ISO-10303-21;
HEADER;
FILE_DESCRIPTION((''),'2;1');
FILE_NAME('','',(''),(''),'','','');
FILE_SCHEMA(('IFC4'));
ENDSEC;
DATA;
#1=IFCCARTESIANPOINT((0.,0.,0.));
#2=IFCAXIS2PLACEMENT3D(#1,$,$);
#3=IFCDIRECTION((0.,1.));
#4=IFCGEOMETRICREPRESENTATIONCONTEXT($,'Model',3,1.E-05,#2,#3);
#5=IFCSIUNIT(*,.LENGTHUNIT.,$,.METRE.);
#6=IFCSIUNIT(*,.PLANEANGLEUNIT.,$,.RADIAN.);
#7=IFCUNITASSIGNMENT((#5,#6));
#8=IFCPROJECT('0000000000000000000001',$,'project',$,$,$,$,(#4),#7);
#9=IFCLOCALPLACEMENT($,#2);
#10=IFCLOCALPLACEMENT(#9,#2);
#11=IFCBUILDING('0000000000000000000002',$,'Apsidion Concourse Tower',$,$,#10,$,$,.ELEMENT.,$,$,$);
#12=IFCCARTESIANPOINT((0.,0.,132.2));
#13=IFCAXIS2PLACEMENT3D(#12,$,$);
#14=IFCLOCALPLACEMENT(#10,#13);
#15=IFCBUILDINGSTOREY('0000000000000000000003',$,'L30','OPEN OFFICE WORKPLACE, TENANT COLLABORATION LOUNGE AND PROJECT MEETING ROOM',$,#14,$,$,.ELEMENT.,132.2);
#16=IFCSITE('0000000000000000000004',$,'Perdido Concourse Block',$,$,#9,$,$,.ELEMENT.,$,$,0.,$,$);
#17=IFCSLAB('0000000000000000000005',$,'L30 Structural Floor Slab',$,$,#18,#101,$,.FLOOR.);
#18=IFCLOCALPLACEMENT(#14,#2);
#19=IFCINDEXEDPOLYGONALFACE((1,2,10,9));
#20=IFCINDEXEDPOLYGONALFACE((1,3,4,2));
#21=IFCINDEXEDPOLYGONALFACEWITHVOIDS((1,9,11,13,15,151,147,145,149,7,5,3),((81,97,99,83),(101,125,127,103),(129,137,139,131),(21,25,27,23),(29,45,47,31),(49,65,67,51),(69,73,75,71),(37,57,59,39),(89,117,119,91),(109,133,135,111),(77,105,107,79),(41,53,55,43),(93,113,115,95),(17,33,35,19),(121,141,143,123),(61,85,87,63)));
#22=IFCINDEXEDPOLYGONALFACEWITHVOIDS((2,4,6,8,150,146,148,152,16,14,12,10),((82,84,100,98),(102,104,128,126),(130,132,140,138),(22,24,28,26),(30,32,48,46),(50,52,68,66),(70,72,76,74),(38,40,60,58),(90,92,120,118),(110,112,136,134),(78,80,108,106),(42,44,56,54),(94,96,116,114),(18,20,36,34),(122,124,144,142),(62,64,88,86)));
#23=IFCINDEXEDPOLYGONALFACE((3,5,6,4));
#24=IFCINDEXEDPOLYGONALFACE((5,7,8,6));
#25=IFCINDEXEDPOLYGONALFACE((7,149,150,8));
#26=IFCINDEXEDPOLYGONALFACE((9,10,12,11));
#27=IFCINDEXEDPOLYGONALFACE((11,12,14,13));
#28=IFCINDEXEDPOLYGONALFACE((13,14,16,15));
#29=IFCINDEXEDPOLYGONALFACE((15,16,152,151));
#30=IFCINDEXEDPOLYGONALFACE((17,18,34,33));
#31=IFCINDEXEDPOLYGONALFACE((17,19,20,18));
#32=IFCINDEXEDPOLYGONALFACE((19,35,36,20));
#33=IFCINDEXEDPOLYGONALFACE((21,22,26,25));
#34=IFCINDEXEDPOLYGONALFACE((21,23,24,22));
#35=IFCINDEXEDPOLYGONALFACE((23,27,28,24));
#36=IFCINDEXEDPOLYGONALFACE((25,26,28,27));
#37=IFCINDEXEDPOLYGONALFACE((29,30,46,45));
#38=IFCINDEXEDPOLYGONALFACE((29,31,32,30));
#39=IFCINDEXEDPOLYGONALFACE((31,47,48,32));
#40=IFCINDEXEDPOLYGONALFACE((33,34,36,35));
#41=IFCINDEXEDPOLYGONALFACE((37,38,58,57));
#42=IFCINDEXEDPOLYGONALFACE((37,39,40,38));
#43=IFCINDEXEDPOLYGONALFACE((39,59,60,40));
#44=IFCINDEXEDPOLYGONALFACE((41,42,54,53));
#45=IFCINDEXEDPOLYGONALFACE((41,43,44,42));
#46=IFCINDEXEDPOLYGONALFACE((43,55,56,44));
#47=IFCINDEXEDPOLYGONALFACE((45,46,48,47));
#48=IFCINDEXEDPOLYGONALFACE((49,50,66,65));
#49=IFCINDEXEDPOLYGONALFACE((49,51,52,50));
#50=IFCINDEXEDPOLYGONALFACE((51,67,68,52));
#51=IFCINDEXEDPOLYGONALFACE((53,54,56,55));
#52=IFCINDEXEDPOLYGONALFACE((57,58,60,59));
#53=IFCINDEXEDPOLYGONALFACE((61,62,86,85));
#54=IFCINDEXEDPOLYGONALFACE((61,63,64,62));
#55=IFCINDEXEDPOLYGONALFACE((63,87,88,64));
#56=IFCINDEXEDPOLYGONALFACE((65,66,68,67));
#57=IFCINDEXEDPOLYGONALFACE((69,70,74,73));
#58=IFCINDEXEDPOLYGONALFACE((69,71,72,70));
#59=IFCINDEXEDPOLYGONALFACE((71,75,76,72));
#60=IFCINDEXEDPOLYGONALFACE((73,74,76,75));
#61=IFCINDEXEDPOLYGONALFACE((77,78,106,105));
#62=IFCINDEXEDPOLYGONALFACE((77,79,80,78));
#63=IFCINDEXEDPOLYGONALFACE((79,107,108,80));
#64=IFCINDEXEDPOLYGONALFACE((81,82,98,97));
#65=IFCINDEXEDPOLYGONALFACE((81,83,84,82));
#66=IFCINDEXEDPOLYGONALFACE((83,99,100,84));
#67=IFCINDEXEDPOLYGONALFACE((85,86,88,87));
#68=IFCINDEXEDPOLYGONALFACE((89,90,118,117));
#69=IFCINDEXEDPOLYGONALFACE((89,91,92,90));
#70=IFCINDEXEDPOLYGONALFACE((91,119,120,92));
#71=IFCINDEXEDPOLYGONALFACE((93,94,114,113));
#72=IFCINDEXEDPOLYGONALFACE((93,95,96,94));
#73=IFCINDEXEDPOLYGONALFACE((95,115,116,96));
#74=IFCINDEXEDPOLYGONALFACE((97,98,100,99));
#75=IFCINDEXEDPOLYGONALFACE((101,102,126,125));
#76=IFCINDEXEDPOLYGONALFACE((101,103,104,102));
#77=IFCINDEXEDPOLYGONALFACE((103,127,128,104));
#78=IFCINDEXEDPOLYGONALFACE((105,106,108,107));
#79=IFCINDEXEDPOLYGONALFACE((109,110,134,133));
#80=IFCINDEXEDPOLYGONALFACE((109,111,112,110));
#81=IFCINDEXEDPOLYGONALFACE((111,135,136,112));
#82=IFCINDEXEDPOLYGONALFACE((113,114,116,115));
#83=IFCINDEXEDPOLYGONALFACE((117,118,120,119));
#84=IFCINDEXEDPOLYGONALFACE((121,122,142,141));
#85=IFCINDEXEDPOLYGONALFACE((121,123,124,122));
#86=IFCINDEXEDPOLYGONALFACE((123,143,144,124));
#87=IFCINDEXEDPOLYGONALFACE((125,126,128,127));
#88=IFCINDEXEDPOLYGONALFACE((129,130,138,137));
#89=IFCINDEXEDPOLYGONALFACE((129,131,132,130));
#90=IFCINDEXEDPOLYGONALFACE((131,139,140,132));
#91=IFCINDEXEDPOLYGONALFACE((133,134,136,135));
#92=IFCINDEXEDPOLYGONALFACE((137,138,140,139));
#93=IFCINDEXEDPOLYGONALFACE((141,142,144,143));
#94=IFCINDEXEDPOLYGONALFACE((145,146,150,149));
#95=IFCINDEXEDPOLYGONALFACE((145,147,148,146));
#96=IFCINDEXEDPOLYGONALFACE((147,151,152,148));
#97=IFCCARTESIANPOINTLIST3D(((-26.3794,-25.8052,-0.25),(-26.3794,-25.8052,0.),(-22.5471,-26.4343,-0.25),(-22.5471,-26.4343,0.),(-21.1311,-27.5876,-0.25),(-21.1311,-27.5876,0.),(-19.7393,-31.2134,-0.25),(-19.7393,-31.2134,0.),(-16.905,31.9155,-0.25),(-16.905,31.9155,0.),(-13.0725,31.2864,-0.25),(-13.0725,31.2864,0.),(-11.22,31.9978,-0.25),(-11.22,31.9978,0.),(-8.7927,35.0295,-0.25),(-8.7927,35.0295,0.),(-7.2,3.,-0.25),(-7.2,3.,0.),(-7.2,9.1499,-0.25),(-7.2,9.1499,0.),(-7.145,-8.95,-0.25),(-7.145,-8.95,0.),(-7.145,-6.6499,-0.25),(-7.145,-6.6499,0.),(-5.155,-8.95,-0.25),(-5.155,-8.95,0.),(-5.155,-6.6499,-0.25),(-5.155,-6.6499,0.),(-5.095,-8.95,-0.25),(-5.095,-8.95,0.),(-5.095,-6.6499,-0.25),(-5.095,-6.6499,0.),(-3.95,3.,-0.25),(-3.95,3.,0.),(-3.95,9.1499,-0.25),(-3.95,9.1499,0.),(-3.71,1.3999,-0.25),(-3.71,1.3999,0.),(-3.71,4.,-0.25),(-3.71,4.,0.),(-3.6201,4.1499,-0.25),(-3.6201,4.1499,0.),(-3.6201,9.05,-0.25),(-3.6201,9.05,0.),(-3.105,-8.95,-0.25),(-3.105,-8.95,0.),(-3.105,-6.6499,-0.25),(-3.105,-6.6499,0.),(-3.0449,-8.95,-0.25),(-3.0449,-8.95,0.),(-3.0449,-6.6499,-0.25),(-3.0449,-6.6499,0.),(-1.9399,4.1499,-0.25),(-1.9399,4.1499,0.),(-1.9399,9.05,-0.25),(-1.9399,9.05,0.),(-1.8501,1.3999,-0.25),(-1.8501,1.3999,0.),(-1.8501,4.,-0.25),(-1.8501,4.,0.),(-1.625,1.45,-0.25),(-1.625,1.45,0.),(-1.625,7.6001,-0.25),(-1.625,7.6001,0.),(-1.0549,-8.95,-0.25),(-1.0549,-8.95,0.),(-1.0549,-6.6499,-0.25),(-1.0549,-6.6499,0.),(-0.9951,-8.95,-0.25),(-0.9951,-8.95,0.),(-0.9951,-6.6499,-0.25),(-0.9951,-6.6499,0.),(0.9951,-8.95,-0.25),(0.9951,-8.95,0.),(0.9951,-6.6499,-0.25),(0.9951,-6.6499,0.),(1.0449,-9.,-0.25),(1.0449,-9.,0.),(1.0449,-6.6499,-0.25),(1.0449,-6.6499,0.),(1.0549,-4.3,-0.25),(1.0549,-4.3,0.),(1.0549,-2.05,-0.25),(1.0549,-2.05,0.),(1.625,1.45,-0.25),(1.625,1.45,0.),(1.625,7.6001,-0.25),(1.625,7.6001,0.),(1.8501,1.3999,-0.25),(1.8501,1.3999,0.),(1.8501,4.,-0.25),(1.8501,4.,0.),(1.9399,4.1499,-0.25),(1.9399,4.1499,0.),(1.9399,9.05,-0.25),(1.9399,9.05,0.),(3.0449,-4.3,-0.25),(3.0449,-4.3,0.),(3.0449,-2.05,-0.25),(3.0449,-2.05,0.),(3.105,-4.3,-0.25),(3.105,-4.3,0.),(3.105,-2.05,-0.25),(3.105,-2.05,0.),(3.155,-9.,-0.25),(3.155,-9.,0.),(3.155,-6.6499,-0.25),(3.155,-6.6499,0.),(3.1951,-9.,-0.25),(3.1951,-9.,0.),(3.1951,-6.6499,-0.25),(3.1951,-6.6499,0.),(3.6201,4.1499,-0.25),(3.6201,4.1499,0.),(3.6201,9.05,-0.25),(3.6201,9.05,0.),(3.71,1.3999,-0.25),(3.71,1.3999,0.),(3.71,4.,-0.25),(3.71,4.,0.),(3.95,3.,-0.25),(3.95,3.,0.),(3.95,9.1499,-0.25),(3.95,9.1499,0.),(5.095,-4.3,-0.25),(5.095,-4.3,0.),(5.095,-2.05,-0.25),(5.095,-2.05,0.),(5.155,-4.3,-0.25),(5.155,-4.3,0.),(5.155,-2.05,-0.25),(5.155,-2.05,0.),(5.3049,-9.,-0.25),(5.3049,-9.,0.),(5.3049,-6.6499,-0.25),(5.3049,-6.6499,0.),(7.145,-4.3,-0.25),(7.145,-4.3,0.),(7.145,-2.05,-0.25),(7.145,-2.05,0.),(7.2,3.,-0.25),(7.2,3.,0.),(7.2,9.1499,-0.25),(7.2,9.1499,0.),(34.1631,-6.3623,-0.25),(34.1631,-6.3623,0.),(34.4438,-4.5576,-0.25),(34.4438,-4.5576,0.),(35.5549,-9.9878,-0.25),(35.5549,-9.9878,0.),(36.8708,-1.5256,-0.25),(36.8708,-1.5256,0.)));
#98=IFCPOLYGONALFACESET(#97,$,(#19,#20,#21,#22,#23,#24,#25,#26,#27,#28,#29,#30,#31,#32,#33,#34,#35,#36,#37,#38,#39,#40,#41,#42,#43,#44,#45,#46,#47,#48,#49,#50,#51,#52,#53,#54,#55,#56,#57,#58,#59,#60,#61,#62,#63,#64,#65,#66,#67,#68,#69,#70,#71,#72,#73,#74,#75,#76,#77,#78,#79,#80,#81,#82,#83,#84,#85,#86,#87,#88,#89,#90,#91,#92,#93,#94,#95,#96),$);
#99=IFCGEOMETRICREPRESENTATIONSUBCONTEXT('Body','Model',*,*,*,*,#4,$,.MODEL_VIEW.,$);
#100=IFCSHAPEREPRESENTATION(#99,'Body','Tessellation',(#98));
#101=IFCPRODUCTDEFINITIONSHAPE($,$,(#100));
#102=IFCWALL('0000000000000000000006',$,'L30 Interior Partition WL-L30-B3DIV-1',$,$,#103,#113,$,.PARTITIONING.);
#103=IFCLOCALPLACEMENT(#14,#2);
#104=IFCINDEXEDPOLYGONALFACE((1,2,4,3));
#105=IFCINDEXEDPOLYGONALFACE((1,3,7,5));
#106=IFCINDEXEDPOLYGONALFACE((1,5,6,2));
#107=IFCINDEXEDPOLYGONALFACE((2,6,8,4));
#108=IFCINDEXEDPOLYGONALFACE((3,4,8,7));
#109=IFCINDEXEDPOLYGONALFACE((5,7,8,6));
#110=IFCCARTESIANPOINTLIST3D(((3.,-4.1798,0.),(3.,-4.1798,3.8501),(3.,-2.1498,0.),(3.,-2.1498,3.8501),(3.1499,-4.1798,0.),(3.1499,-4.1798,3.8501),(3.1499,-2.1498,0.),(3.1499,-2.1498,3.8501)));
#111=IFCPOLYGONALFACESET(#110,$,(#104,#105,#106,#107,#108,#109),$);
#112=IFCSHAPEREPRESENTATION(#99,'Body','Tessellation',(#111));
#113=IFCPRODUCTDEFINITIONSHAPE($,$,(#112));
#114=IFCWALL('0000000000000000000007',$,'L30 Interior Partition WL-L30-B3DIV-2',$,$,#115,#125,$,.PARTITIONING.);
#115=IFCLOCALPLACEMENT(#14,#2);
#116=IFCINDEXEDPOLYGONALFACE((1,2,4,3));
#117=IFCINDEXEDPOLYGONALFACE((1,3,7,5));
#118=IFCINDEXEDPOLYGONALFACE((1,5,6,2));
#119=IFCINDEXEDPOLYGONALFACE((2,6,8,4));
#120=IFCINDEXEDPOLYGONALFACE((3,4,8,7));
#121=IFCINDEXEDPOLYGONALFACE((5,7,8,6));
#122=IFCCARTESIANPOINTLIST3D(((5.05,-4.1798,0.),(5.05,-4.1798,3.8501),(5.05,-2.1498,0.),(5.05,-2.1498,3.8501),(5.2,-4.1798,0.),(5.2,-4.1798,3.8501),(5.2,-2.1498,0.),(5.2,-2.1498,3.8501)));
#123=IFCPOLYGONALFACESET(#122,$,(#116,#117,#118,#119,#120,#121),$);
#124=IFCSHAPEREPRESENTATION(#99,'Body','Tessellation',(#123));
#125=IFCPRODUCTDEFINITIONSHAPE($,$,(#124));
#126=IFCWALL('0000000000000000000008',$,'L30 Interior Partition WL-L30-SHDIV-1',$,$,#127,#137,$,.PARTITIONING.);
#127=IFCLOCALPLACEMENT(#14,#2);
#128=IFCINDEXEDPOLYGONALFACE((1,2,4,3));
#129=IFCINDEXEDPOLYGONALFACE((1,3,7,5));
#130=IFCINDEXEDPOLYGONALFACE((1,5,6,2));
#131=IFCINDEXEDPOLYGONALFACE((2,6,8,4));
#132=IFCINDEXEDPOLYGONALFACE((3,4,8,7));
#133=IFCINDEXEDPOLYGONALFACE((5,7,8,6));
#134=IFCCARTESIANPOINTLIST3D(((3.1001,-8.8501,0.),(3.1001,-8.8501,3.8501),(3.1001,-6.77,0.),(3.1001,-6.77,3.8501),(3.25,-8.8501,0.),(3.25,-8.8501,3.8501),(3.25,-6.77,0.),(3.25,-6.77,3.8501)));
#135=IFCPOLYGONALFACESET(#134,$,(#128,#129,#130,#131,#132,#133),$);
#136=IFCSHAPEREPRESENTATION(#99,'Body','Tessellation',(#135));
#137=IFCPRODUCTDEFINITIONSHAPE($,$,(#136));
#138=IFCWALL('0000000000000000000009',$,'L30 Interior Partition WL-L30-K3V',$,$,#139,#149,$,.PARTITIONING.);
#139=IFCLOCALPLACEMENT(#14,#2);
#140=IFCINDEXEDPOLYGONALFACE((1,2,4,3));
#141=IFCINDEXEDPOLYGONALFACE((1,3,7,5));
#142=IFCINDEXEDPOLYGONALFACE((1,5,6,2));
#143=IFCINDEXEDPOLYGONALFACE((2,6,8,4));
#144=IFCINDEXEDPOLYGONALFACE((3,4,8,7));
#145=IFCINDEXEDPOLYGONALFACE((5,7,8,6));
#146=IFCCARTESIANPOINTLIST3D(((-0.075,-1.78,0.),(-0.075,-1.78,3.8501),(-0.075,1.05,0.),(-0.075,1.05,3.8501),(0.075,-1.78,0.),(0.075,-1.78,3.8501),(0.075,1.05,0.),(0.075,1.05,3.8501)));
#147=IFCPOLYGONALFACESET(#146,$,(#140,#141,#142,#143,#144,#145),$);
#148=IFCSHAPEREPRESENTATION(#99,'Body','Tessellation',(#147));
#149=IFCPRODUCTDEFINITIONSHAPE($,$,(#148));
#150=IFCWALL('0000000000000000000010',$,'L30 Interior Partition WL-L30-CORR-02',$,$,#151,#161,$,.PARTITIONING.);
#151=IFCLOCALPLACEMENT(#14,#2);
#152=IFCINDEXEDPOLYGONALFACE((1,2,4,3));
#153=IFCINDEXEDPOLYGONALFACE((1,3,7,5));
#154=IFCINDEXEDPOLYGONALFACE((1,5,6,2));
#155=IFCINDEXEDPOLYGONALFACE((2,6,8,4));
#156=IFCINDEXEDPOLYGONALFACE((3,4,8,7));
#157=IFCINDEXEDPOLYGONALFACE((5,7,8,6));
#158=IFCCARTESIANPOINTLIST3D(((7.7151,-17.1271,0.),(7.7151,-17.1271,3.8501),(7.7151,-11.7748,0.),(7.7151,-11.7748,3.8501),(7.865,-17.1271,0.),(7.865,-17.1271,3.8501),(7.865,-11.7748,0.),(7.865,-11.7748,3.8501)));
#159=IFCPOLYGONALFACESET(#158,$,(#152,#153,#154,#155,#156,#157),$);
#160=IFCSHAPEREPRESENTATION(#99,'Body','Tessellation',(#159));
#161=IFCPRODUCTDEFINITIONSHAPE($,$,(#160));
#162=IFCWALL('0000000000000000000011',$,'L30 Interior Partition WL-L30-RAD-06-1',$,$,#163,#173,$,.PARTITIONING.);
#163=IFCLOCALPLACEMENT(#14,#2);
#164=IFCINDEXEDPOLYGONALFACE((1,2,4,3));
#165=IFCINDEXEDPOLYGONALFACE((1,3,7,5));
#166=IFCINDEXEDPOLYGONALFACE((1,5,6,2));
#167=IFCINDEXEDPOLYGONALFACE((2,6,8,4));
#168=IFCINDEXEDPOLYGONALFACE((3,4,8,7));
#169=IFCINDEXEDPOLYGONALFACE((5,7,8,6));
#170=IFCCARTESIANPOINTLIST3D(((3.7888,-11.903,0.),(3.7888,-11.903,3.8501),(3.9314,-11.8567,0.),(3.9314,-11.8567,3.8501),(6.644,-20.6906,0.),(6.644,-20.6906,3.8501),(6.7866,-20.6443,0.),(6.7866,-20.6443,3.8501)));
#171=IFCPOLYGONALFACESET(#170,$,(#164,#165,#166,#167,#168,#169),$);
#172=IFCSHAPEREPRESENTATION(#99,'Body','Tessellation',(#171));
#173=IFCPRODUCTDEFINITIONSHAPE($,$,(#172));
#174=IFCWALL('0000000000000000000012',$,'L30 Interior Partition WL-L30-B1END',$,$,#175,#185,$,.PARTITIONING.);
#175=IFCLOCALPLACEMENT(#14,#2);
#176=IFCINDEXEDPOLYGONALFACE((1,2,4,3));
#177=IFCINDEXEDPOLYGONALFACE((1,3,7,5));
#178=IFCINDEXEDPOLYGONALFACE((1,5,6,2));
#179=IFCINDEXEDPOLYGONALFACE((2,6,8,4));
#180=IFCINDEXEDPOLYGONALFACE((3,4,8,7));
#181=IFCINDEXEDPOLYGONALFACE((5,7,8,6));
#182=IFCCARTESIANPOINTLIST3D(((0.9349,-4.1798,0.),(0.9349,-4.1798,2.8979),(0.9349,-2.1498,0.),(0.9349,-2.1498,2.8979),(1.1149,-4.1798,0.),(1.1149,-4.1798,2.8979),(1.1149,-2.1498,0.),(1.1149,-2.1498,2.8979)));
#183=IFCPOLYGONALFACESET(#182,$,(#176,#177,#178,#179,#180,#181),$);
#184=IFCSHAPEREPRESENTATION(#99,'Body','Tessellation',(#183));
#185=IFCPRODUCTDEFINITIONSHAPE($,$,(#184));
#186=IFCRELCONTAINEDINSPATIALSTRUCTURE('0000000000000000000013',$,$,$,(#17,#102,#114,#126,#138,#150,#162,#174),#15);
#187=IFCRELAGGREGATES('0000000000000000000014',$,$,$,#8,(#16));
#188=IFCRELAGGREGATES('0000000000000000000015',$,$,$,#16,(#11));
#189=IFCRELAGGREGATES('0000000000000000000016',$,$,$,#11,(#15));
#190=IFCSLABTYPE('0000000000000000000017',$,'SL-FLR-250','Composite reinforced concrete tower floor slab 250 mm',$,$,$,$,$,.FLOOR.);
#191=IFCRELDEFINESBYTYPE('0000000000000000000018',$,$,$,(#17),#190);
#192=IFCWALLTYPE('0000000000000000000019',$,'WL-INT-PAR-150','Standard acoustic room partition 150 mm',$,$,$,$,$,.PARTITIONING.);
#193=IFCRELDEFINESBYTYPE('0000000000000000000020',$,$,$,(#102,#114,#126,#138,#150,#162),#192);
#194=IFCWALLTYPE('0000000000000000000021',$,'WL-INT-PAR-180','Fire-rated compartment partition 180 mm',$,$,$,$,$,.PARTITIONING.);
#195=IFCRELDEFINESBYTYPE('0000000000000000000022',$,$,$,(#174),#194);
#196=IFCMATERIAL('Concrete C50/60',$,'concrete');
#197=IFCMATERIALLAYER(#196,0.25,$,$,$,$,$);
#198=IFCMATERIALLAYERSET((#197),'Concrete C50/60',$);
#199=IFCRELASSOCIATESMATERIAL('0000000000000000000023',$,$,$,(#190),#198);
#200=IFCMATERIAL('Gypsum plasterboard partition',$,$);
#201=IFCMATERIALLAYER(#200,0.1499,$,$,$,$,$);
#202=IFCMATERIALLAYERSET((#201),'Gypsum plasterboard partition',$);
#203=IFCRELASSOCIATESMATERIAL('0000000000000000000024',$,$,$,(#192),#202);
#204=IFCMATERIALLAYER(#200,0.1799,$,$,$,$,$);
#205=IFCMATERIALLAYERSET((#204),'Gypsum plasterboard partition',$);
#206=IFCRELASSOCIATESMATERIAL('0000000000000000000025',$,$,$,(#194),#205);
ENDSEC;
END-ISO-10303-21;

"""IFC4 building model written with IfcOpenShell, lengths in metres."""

from ifc_helpers import new_model, si_unit, direction, frame, frame_2d, origin, place, context, subcontext, project, spatial, polyline, rectangle, outline, extrude, material, layer, layer_set, type_object, element, save


model = new_model("IFC4")

# Units and contexts
model_context = context("Model", 3, precision=1e-05, world=origin(), true_north=direction((0.0, 1.0)))
body_context = subcontext(model_context, "Body", "Model", "MODEL_VIEW")
ifc_project = project(units=[si_unit("LENGTHUNIT", "METRE"), si_unit("PLANEANGLEUNIT", "RADIAN")], contexts=[model_context])

# Site, building, storey
site_placement = place(None, origin())
site = spatial("IfcSite", under=ifc_project, at=site_placement, Name="Perdido Concourse Block", CompositionType="ELEMENT", RefElevation=0.0)
building_placement = place(site_placement, origin())
building = spatial("IfcBuilding", under=site, at=building_placement, Name="Apsidion Concourse Tower", CompositionType="ELEMENT")
storey_placement = place(building_placement, frame((0.0, 0.0, 132.2)))
storey = spatial("IfcBuildingStorey", under=building, at=storey_placement, Name="L30", Description="OPEN OFFICE WORKPLACE, TENANT COLLABORATION LOUNGE AND PROJECT MEETING ROOM", CompositionType="ELEMENT", Elevation=132.2)

# Shared definitions
ifc_material_1 = material(Name="Concrete C50/60", Category="concrete")

# Slab
ifc_layer_1 = layer(ifc_material_1, 0.25)
ifc_layer_set_1 = layer_set([ifc_layer_1], Name="Concrete C50/60")
slab_type_1 = type_object("IfcSlabType", Name="SL-FLR-250", Description="Composite reinforced concrete tower floor slab 250 mm", PredefinedType="FLOOR", material=ifc_layer_set_1)
slab_1_placement = place(storey_placement, frame((0.0, 0.0, -0.25)))
element("IfcSlab", 1, at=slab_1_placement, inside=storey, type_object=slab_type_1, Name="L30 Structural Floor Slab", PredefinedType="FLOOR", context=body_context, shape_type="SweptSolid", body=[
    extrude(outline(polyline([(-8.7927, 35.0295), (-11.22, 31.9978), (-13.0725, 31.2864), (-16.905, 31.9155), (-26.3794, -25.8052), (-22.5471, -26.4343), (-21.1311, -27.5876), (-19.7393, -31.2134), (35.5549, -9.9878), (34.1631, -6.3623), (34.4438, -4.5576), (36.8708, -1.5256), (-8.7927, 35.0295)]), holes=[polyline([(-3.95, 3.0), (-3.95, 9.1499), (-7.2, 9.1499), (-7.2, 3.0), (-3.95, 3.0)]), polyline([(7.2, 3.0), (7.2, 9.1499), (3.95, 9.1499), (3.95, 3.0), (7.2, 3.0)]), polyline([(-1.625, 7.6001), (-1.625, 1.45), (1.625, 1.45), (1.625, 7.6001), (-1.625, 7.6001)]), polyline([(1.0549, -4.3), (3.0449, -4.3), (3.0449, -2.05), (1.0549, -2.05), (1.0549, -4.3)]), polyline([(3.105, -4.3), (5.095, -4.3), (5.095, -2.05), (3.105, -2.05), (3.105, -4.3)]), polyline([(5.155, -4.3), (7.145, -4.3), (7.145, -2.05), (5.155, -2.05), (5.155, -4.3)]), polyline([(-7.145, -8.95), (-5.155, -8.95), (-5.155, -6.6499), (-7.145, -6.6499), (-7.145, -8.95)]), polyline([(-5.095, -8.95), (-3.105, -8.95), (-3.105, -6.6499), (-5.095, -6.6499), (-5.095, -8.95)]), polyline([(-3.0449, -8.95), (-1.0549, -8.95), (-1.0549, -6.6499), (-3.0449, -6.6499), (-3.0449, -8.95)]), polyline([(-0.9951, -8.95), (0.9951, -8.95), (0.9951, -6.6499), (-0.9951, -6.6499), (-0.9951, -8.95)]), polyline([(1.0449, -9.0), (3.155, -9.0), (3.155, -6.6499), (1.0449, -6.6499), (1.0449, -9.0)]), polyline([(3.1951, -9.0), (5.3049, -9.0), (5.3049, -6.6499), (3.1951, -6.6499), (3.1951, -9.0)]), polyline([(-3.71, 1.3999), (-1.8501, 1.3999), (-1.8501, 4.0), (-3.71, 4.0), (-3.71, 1.3999)]), polyline([(1.8501, 1.3999), (3.71, 1.3999), (3.71, 4.0), (1.8501, 4.0), (1.8501, 1.3999)]), polyline([(-3.6201, 4.1499), (-1.9399, 4.1499), (-1.9399, 9.05), (-3.6201, 9.05), (-3.6201, 4.1499)]), polyline([(1.9399, 4.1499), (3.6201, 4.1499), (3.6201, 9.05), (1.9399, 9.05), (1.9399, 4.1499)])]), origin(), (0.0, 0.0, 1.0), 0.25),
])

# Walls
ifc_material_2 = material(Name="Gypsum plasterboard partition")
ifc_layer_2 = layer(ifc_material_2, 0.1499)
ifc_layer_set_2 = layer_set([ifc_layer_2], Name="Gypsum plasterboard partition")
wall_type_1 = type_object("IfcWallType", Name="WL-INT-PAR-150", Description="Standard acoustic room partition 150 mm", PredefinedType="PARTITIONING", material=ifc_layer_set_2)
for number, where, z_axis, x_axis, name in (
    (2, (3.075, -4.1799, 0.0), (0.0, 0.0, 1.0), (0.0, 1.0, 0.0), "L30 Interior Partition WL-L30-B3DIV-1"),
    (3, (5.125, -4.1799, 0.0), (0.0, 0.0, 1.0), (0.0, 1.0, 0.0), "L30 Interior Partition WL-L30-B3DIV-2"),
):
    element("IfcWall", number, at=place(storey_placement, frame(where, z_axis=z_axis, x_axis=x_axis)), inside=storey, type_object=wall_type_1, Name=name, PredefinedType="PARTITIONING", context=body_context, shape_type="SweptSolid", body=[
        extrude(rectangle(XDim=2.03, YDim=0.1499, at=frame_2d((1.0151, 0.0))), origin(), (0.0, 0.0, 1.0), 3.8501),
    ])
wall_1_placement = place(storey_placement, frame((3.175, -8.8501, 0.0), z_axis=(0.0, 0.0, 1.0), x_axis=(0.0, 1.0, 0.0)))
element("IfcWall", 4, at=wall_1_placement, inside=storey, type_object=wall_type_1, Name="L30 Interior Partition WL-L30-SHDIV-1", PredefinedType="PARTITIONING", context=body_context, shape_type="SweptSolid", body=[
    extrude(rectangle(XDim=2.0801, YDim=0.1499, at=frame_2d((1.04, 0.0))), origin(), (0.0, 0.0, 1.0), 3.8501),
])
wall_2_placement = place(storey_placement, frame((0.0, -1.78, 0.0), z_axis=(0.0, 0.0, 1.0), x_axis=(0.0, 1.0, 0.0)))
element("IfcWall", 5, at=wall_2_placement, inside=storey, type_object=wall_type_1, Name="L30 Interior Partition WL-L30-K3V", PredefinedType="PARTITIONING", context=body_context, shape_type="SweptSolid", body=[
    extrude(rectangle(XDim=2.8301, YDim=0.1499, at=frame_2d((1.415, 0.0))), origin(), (0.0, 0.0, 1.0), 3.8501),
])
wall_3_placement = place(storey_placement, frame((7.79, -17.1272, 0.0), z_axis=(0.0, 0.0, 1.0), x_axis=(0.0, 1.0, 0.0)))
element("IfcWall", 6, at=wall_3_placement, inside=storey, type_object=wall_type_1, Name="L30 Interior Partition WL-L30-CORR-02", PredefinedType="PARTITIONING", context=body_context, shape_type="SweptSolid", body=[
    extrude(rectangle(XDim=5.3523, YDim=0.1499, at=frame_2d((2.6763, 0.0))), origin(), (0.0, 0.0, 1.0), 3.8501),
])
wall_4_placement = place(storey_placement, frame((3.8601, -11.8799, 0.0), z_axis=(0.0, 0.0, 1.0), x_axis=(0.309013, -0.951058, 0.0)))
element("IfcWall", 7, at=wall_4_placement, inside=storey, type_object=wall_type_1, Name="L30 Interior Partition WL-L30-RAD-06-1", PredefinedType="PARTITIONING", context=body_context, shape_type="SweptSolid", body=[
    extrude(rectangle(XDim=9.2397, YDim=0.1499, at=frame_2d((4.6199, 0.0))), origin(), (0.0, 0.0, 1.0), 3.8501),
])
ifc_layer_3 = layer(ifc_material_2, 0.1799)
ifc_layer_set_3 = layer_set([ifc_layer_3], Name="Gypsum plasterboard partition")
wall_type_2 = type_object("IfcWallType", Name="WL-INT-PAR-180", Description="Fire-rated compartment partition 180 mm", PredefinedType="PARTITIONING", material=ifc_layer_set_3)
wall_5_placement = place(storey_placement, frame((1.0249, -4.1799, 0.0), z_axis=(0.0, 0.0, 1.0), x_axis=(0.0, 1.0, 0.0)))
element("IfcWall", 8, at=wall_5_placement, inside=storey, type_object=wall_type_2, Name="L30 Interior Partition WL-L30-B1END", PredefinedType="PARTITIONING", context=body_context, shape_type="SweptSolid", body=[
    extrude(rectangle(XDim=2.03, YDim=0.1799, at=frame_2d((1.0151, 0.0))), origin(), (0.0, 0.0, 1.0), 2.8979),
])

save(model, "model.ifc")
